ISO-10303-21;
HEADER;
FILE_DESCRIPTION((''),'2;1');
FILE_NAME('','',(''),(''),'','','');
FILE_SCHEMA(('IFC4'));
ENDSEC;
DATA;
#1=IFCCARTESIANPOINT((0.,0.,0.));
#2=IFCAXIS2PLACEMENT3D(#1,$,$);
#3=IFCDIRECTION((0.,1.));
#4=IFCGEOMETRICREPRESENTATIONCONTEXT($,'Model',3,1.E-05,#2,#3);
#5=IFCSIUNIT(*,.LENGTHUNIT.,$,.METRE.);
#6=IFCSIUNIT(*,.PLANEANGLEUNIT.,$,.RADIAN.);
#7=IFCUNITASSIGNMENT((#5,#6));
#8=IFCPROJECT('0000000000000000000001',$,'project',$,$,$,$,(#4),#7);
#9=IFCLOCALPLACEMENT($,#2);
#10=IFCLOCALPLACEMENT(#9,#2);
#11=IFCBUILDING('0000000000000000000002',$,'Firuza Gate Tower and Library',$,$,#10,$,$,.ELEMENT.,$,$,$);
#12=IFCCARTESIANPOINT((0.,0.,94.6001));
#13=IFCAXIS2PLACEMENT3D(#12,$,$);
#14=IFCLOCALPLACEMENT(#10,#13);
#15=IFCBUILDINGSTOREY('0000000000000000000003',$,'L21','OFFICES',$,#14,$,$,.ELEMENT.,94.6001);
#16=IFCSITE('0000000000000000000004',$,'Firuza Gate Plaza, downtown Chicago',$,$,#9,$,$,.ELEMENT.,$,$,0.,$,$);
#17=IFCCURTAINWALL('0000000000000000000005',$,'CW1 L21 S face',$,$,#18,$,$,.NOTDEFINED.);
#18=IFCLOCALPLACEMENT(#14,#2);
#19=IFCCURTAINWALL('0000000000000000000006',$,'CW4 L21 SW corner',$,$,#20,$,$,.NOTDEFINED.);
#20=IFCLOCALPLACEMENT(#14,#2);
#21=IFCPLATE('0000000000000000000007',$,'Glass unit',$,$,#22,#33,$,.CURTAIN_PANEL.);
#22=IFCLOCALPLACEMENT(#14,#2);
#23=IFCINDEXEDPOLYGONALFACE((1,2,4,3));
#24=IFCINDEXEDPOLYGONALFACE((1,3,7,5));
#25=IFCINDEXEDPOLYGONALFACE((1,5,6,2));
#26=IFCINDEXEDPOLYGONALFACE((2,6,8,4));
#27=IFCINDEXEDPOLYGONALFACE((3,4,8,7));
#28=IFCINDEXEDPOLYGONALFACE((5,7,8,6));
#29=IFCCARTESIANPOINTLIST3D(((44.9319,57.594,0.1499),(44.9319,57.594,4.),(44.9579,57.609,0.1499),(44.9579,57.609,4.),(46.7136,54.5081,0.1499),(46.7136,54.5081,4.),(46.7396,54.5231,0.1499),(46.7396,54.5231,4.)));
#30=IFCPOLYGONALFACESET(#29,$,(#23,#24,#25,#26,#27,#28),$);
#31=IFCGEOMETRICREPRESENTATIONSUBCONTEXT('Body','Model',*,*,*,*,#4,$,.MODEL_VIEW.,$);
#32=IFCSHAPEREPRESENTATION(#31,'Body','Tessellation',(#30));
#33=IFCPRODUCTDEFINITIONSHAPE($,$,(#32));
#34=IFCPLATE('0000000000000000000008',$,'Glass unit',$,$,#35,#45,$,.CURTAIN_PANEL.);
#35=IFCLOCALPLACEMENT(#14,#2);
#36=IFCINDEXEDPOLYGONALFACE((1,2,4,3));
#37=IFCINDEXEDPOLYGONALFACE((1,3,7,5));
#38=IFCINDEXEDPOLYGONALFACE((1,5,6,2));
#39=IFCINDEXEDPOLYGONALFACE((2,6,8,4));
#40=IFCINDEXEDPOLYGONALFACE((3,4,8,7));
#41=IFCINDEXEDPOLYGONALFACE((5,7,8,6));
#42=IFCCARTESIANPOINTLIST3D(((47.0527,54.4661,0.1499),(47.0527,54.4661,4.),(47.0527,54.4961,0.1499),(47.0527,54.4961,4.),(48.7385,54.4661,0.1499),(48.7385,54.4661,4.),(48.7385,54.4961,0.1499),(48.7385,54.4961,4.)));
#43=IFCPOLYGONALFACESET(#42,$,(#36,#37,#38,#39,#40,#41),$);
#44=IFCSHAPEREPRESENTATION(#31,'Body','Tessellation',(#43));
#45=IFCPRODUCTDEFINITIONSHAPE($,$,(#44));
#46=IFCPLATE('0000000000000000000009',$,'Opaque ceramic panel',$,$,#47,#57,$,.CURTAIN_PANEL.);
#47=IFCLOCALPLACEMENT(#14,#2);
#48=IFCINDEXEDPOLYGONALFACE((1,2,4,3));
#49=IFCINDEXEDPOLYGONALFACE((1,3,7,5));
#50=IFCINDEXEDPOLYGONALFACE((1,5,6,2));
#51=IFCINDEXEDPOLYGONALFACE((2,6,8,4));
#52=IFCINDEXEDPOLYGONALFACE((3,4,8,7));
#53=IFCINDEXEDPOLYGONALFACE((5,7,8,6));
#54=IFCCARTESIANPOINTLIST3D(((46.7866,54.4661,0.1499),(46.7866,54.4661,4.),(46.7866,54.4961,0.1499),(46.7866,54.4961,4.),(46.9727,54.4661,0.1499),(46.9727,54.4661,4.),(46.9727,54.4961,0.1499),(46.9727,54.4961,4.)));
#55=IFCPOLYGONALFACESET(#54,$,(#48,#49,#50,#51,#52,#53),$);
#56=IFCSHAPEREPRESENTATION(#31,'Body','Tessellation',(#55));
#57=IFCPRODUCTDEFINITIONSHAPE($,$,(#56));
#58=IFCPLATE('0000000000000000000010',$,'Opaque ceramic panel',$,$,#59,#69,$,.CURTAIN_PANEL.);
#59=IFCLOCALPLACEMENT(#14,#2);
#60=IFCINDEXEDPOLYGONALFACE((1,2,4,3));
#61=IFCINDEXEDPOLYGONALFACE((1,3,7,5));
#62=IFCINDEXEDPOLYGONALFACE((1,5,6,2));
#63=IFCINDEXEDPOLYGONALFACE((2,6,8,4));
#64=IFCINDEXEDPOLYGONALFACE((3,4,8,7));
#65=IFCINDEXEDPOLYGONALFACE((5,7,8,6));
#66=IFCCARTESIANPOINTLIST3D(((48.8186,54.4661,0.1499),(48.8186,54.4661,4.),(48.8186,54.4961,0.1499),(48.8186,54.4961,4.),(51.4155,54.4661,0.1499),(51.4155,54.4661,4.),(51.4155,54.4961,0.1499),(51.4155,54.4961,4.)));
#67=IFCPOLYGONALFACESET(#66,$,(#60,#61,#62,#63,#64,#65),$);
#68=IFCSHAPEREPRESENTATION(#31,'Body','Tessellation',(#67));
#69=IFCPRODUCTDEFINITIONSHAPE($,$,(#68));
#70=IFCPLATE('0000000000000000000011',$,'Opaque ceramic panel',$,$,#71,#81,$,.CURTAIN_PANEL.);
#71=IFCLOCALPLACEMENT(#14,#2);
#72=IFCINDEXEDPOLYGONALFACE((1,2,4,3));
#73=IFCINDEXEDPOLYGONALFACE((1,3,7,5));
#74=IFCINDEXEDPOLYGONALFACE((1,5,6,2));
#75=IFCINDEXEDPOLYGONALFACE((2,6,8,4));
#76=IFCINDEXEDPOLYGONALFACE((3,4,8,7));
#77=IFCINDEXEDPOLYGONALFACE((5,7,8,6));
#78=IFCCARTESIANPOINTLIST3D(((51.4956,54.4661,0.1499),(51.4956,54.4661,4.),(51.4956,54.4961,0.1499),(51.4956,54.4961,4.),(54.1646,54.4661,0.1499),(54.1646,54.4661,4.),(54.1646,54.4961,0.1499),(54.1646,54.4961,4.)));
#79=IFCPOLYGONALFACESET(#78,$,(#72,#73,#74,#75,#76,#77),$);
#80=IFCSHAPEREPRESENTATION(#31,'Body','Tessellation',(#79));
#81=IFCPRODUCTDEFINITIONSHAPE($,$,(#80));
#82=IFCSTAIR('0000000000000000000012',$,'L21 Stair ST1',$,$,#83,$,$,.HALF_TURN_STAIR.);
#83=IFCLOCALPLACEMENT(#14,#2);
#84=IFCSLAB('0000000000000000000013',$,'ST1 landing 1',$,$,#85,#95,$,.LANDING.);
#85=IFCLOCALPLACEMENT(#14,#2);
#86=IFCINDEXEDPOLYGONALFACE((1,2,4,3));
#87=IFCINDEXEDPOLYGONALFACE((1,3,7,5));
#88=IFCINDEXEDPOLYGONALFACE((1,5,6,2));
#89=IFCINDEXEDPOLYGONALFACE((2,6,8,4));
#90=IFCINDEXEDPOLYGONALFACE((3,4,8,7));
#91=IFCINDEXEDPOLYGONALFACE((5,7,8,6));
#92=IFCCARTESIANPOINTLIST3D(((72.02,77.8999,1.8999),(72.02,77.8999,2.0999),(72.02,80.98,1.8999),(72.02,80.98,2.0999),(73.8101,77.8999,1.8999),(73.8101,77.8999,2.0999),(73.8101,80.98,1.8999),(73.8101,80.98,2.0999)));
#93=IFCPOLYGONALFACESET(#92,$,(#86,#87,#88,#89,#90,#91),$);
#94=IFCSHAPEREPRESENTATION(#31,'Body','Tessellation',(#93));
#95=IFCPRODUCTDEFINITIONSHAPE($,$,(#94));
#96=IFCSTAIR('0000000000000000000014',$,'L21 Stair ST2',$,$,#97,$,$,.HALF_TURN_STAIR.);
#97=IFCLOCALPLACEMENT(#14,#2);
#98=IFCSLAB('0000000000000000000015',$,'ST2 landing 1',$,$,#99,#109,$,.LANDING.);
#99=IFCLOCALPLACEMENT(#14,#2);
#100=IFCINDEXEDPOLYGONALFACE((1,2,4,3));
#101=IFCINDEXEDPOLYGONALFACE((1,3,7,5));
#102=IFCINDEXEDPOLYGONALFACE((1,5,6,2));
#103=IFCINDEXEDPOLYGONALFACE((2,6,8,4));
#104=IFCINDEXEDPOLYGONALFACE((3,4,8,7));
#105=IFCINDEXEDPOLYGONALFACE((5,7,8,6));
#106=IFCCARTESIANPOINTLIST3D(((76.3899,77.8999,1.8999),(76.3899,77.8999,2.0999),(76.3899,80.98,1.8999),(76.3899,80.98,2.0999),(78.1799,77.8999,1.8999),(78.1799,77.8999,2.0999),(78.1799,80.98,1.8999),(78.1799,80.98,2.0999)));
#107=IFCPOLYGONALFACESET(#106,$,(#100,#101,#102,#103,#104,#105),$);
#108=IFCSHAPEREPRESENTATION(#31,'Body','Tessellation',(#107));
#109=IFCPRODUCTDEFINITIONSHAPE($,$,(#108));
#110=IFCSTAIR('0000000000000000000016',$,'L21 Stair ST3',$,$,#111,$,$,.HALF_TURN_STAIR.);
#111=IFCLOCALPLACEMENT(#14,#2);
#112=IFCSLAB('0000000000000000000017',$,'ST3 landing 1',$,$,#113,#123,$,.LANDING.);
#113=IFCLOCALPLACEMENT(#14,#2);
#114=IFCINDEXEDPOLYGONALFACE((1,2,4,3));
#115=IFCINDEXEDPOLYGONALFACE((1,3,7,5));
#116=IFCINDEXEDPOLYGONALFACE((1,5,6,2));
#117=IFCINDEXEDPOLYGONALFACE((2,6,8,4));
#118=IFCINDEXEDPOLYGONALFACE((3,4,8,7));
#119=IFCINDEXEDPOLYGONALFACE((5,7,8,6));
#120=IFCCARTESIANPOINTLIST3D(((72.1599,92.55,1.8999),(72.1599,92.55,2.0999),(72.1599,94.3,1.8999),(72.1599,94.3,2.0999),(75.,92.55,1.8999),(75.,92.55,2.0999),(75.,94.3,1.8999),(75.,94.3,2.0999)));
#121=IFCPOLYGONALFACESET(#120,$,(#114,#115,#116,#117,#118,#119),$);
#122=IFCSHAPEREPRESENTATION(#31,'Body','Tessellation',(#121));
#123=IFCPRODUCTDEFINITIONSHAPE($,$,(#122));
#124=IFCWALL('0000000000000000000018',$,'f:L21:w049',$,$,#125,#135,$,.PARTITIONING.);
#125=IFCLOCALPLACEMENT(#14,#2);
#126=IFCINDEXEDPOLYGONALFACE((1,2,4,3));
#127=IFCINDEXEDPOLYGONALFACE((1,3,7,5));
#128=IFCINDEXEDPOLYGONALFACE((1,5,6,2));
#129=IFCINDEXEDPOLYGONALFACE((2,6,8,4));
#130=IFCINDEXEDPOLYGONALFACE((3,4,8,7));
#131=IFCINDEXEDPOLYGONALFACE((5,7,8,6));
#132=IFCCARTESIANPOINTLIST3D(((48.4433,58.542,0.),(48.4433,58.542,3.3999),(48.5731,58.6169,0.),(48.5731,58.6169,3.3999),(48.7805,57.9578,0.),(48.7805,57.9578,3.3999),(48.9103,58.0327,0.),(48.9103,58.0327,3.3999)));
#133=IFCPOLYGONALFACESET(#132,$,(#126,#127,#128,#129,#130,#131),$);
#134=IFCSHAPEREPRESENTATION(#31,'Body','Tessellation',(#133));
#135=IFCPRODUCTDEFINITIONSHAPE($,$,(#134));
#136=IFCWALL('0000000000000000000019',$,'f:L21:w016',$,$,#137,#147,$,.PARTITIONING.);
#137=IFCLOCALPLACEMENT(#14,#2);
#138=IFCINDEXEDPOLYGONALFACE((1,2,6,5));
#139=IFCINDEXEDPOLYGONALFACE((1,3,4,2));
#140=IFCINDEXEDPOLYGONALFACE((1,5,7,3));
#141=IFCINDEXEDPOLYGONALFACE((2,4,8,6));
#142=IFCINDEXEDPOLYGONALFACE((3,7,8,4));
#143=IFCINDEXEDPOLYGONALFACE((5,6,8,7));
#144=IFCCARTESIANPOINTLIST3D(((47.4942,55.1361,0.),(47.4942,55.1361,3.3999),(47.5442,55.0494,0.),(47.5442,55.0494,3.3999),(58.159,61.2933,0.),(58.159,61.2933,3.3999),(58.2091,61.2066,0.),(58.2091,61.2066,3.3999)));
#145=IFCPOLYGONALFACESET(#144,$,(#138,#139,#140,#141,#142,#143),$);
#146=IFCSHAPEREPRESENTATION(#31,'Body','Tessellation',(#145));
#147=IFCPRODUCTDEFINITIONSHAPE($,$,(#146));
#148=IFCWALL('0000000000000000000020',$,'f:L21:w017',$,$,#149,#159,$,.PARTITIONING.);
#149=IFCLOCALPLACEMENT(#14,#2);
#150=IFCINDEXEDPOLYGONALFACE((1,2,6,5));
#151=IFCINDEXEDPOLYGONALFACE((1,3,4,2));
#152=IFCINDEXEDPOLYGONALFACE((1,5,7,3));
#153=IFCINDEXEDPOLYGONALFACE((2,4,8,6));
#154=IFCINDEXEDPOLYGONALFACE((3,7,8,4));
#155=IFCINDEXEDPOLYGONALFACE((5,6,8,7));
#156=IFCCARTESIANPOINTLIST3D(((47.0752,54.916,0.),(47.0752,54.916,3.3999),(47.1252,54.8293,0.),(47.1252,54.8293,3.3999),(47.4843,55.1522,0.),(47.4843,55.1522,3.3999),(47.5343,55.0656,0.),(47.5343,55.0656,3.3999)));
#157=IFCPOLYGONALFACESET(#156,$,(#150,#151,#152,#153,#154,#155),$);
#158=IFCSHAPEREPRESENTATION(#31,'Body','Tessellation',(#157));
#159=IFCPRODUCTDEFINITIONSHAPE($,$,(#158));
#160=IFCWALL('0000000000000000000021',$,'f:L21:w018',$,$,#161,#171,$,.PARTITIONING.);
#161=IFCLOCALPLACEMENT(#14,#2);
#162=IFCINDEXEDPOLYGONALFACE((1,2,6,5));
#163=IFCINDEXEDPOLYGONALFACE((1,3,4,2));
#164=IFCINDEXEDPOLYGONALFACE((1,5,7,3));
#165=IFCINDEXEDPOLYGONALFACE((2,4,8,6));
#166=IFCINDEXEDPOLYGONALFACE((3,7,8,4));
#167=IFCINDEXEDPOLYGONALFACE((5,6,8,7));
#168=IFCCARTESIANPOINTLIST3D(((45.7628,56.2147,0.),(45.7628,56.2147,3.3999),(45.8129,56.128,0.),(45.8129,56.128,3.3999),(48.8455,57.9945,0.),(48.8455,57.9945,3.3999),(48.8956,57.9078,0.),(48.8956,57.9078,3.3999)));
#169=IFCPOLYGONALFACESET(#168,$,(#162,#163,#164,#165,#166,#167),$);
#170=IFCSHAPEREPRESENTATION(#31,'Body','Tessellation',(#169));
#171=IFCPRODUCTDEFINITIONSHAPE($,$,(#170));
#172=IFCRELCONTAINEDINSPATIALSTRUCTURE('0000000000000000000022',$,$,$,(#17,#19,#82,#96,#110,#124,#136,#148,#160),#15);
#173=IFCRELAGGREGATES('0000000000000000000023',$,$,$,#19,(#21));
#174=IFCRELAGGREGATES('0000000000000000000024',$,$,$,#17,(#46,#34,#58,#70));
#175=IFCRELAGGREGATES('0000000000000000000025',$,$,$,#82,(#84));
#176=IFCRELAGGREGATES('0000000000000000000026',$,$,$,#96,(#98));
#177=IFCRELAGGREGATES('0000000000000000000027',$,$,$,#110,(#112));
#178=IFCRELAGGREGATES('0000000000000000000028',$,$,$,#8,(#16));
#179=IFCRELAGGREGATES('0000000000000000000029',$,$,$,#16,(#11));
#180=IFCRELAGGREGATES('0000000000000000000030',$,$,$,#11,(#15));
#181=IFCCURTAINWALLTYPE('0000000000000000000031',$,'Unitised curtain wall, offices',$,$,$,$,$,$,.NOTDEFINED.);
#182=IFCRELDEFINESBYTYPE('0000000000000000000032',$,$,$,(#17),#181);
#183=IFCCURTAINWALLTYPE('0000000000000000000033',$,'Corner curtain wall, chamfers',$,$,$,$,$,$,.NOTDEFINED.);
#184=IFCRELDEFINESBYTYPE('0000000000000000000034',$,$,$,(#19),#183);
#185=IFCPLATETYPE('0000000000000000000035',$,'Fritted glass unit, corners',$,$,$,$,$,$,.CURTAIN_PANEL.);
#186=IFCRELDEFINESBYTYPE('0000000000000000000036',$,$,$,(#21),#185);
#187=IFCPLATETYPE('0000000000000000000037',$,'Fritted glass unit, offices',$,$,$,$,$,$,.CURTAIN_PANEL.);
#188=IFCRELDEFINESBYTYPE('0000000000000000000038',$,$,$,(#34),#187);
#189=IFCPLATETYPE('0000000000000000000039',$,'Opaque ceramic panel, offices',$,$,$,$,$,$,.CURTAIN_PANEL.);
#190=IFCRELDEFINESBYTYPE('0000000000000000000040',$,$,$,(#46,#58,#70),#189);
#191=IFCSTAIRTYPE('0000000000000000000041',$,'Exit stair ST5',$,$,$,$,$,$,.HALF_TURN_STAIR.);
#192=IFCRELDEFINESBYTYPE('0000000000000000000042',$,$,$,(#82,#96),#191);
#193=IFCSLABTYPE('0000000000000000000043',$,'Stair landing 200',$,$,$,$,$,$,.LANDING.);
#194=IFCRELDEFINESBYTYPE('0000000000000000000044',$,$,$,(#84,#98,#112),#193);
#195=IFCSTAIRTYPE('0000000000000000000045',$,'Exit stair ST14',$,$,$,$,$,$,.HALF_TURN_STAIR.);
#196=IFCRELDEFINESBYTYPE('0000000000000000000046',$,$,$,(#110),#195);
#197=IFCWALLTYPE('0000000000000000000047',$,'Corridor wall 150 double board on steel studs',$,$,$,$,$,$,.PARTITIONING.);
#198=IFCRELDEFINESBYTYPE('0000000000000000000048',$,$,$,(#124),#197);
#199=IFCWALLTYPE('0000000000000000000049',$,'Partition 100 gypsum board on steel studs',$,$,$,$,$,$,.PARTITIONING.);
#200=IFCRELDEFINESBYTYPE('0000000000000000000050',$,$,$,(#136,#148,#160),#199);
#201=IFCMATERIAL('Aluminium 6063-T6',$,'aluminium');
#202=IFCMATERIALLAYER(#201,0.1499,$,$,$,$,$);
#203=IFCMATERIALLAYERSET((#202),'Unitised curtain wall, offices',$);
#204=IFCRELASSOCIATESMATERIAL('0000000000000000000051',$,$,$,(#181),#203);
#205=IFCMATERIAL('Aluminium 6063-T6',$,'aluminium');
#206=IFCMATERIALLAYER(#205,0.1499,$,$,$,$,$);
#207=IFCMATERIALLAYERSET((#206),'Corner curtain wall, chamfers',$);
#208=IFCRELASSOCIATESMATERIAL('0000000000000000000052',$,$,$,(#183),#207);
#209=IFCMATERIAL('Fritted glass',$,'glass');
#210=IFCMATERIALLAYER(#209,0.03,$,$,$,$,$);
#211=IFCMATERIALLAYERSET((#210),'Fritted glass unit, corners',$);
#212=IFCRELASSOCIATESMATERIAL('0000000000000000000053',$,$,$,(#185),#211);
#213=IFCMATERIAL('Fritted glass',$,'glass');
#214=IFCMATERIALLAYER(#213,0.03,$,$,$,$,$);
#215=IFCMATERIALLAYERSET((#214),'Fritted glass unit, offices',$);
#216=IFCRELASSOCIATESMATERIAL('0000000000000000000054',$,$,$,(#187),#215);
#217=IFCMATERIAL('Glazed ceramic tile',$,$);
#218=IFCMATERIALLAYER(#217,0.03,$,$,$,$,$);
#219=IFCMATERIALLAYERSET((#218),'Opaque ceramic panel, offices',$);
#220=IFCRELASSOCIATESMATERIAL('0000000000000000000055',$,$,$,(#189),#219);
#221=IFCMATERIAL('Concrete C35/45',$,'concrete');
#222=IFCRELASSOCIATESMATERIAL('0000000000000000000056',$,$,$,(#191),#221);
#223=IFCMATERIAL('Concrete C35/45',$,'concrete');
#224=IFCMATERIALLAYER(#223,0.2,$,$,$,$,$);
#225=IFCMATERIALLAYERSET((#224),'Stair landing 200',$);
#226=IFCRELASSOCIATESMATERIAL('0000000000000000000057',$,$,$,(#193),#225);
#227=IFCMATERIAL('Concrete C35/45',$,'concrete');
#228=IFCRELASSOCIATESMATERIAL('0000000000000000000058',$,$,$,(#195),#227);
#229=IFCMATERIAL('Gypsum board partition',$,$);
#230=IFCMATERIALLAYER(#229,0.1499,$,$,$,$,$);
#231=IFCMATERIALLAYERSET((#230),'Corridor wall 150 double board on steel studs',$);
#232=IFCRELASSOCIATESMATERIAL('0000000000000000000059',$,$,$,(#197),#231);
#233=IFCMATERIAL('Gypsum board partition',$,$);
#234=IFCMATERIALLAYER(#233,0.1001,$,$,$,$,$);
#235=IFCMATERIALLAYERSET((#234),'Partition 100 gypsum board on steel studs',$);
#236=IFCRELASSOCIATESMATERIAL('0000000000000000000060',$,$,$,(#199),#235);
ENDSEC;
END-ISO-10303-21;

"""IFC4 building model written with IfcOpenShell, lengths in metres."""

from ifc_helpers import new_model, si_unit, direction, frame, frame_2d, origin, place, context, subcontext, project, spatial, polyline, rectangle, outline, extrude, material, layer, layer_set, type_object, element, aggregate, save


model = new_model("IFC4")

# Units and contexts
model_context = context("Model", 3, precision=1e-05, world=origin(), true_north=direction((0.0, 1.0)))
body_context = subcontext(model_context, "Body", "Model", "MODEL_VIEW")
ifc_project = project(units=[si_unit("LENGTHUNIT", "METRE"), si_unit("PLANEANGLEUNIT", "RADIAN")], contexts=[model_context])

# Site, building, storey
site_placement = place(None, origin())
site = spatial("IfcSite", under=ifc_project, at=site_placement, Name="Firuza Gate Plaza, downtown Chicago", CompositionType="ELEMENT", RefElevation=0.0)
building_placement = place(site_placement, origin())
building = spatial("IfcBuilding", under=site, at=building_placement, Name="Firuza Gate Tower and Library", CompositionType="ELEMENT")
storey_placement = place(building_placement, frame((0.0, 0.0, 94.6001)))
storey = spatial("IfcBuildingStorey", under=building, at=storey_placement, Name="L21", Description="OFFICES", CompositionType="ELEMENT", Elevation=94.6001)

# Curtain walls
ifc_material_1 = material(Name="Aluminium 6063-T6", Category="aluminium")
ifc_layer_1 = layer(ifc_material_1, 0.1499)
ifc_layer_set_1 = layer_set([ifc_layer_1], Name="Unitised curtain wall, offices")
curtain_wall_type_1 = type_object("IfcCurtainWallType", Name="Unitised curtain wall, offices", PredefinedType="NOTDEFINED", material=ifc_layer_set_1)
placement_1 = place(storey_placement, origin())
curtain_wall_1 = element("IfcCurtainWall", 1, at=placement_1, inside=storey, type_object=curtain_wall_type_1, Name="CW1 L21 S face", PredefinedType="NOTDEFINED")
ifc_material_2 = material(Name="Aluminium 6063-T6", Category="aluminium")
ifc_layer_2 = layer(ifc_material_2, 0.1499)
ifc_layer_set_2 = layer_set([ifc_layer_2], Name="Corner curtain wall, chamfers")
curtain_wall_type_2 = type_object("IfcCurtainWallType", Name="Corner curtain wall, chamfers", PredefinedType="NOTDEFINED", material=ifc_layer_set_2)
curtain_wall_2 = element("IfcCurtainWall", 2, at=placement_1, inside=storey, type_object=curtain_wall_type_2, Name="CW4 L21 SW corner", PredefinedType="NOTDEFINED")

# Plates
ifc_material_3 = material(Name="Fritted glass", Category="glass")
ifc_layer_3 = layer(ifc_material_3, 0.03)
ifc_layer_set_3 = layer_set([ifc_layer_3], Name="Fritted glass unit, corners")
plate_type_1 = type_object("IfcPlateType", Name="Fritted glass unit, corners", PredefinedType="CURTAIN_PANEL", material=ifc_layer_set_3)
plate_1_placement = place(storey_placement, frame((44.9319, 57.594, 0.1499), z_axis=(-0.866017, -0.500015, 0.0), x_axis=(0.500015, -0.866017, 0.0)))
plate_1 = element("IfcPlate", 3, at=plate_1_placement, type_object=plate_type_1, Name="Glass unit", PredefinedType="CURTAIN_PANEL", context=body_context, shape_type="SweptSolid", body=[
    extrude(outline(polyline([(0.0, 0.0), (3.5634, 0.0), (3.5634, 3.8501), (0.0, 3.8501), (0.0, 0.0)])), origin(), (0.0, 0.0, -1.0), 0.03),
])
aggregate(curtain_wall_2, [plate_1])
ifc_material_4 = material(Name="Fritted glass", Category="glass")
ifc_layer_4 = layer(ifc_material_4, 0.03)
ifc_layer_set_4 = layer_set([ifc_layer_4], Name="Fritted glass unit, offices")
plate_type_2 = type_object("IfcPlateType", Name="Fritted glass unit, offices", PredefinedType="CURTAIN_PANEL", material=ifc_layer_set_4)
plate_2_placement = place(storey_placement, frame((47.0527, 54.4661, 0.1499), z_axis=(0.0, -1.0, 0.0), x_axis=(1.0, 0.0, 0.0)))
plate_2 = element("IfcPlate", 4, at=plate_2_placement, type_object=plate_type_2, Name="Glass unit", PredefinedType="CURTAIN_PANEL", context=body_context, shape_type="SweptSolid", body=[
    extrude(outline(polyline([(0.0, 0.0), (1.6858, 0.0), (1.6858, 3.8501), (0.0, 3.8501), (0.0, 0.0)])), origin(), (0.0, 0.0, -1.0), 0.03),
])
ifc_material_5 = material(Name="Glazed ceramic tile")
ifc_layer_5 = layer(ifc_material_5, 0.03)
ifc_layer_set_5 = layer_set([ifc_layer_5], Name="Opaque ceramic panel, offices")
plate_type_3 = type_object("IfcPlateType", Name="Opaque ceramic panel, offices", PredefinedType="CURTAIN_PANEL", material=ifc_layer_set_5)
plate_3_placement = place(storey_placement, frame((46.7866, 54.4661, 0.1499), z_axis=(0.0, -1.0, 0.0), x_axis=(1.0, 0.0, 0.0)))
plate_3 = element("IfcPlate", 5, at=plate_3_placement, type_object=plate_type_3, Name="Opaque ceramic panel", PredefinedType="CURTAIN_PANEL", context=body_context, shape_type="SweptSolid", body=[
    extrude(outline(polyline([(0.0, 0.0), (0.186, 0.0), (0.186, 3.8501), (0.0, 3.8501), (0.0, 0.0)])), origin(), (0.0, 0.0, -1.0), 0.03),
])
plate_4_placement = place(storey_placement, frame((48.8186, 54.4661, 0.1499), z_axis=(0.0, -1.0, 0.0), x_axis=(1.0, 0.0, 0.0)))
plate_4 = element("IfcPlate", 6, at=plate_4_placement, type_object=plate_type_3, Name="Opaque ceramic panel", PredefinedType="CURTAIN_PANEL", context=body_context, shape_type="SweptSolid", body=[
    extrude(outline(polyline([(0.0, 0.0), (2.5969, 0.0), (2.5969, 3.8501), (0.0, 3.8501), (0.0, 0.0)])), origin(), (0.0, 0.0, -1.0), 0.03),
])
plate_5_placement = place(storey_placement, frame((51.4956, 54.4661, 0.1499), z_axis=(0.0, -1.0, 0.0), x_axis=(1.0, 0.0, 0.0)))
plate_5 = element("IfcPlate", 7, at=plate_5_placement, type_object=plate_type_3, Name="Opaque ceramic panel", PredefinedType="CURTAIN_PANEL", context=body_context, shape_type="SweptSolid", body=[
    extrude(outline(polyline([(0.0, 0.0), (2.6689, 0.0), (2.6689, 3.8501), (0.0, 3.8501), (0.0, 0.0)])), origin(), (0.0, 0.0, -1.0), 0.03),
])
aggregate(curtain_wall_1, [plate_3, plate_2, plate_4, plate_5])

# Stairs, slabs
ifc_material_6 = material(Name="Concrete C35/45", Category="concrete")
stair_type_1 = type_object("IfcStairType", Name="Exit stair ST5", PredefinedType="HALF_TURN_STAIR", material=ifc_material_6)
stair_1 = element("IfcStair", 8, at=placement_1, inside=storey, type_object=stair_type_1, Name="L21 Stair ST1", PredefinedType="HALF_TURN_STAIR")
ifc_material_7 = material(Name="Concrete C35/45", Category="concrete")
ifc_layer_6 = layer(ifc_material_7, 0.2)
ifc_layer_set_6 = layer_set([ifc_layer_6], Name="Stair landing 200")
slab_type_1 = type_object("IfcSlabType", Name="Stair landing 200", PredefinedType="LANDING", material=ifc_layer_set_6)
placement_2 = place(storey_placement, frame((0.0, 0.0, 1.8999)))
slab_1 = element("IfcSlab", 9, at=placement_2, type_object=slab_type_1, Name="ST1 landing 1", PredefinedType="LANDING", context=body_context, shape_type="SweptSolid", body=[
    extrude(outline(polyline([(72.02, 77.8999), (73.8101, 77.8999), (73.8101, 80.98), (72.02, 80.98), (72.02, 77.8999)])), origin(), (0.0, 0.0, 1.0), 0.2),
])
aggregate(stair_1, [slab_1])
stair_2 = element("IfcStair", 10, at=placement_1, inside=storey, type_object=stair_type_1, Name="L21 Stair ST2", PredefinedType="HALF_TURN_STAIR")
slab_2 = element("IfcSlab", 11, at=placement_2, type_object=slab_type_1, Name="ST2 landing 1", PredefinedType="LANDING", context=body_context, shape_type="SweptSolid", body=[
    extrude(outline(polyline([(78.1799, 80.98), (76.3899, 80.98), (76.3899, 77.8999), (78.1799, 77.8999), (78.1799, 80.98)])), origin(), (0.0, 0.0, 1.0), 0.2),
])
aggregate(stair_2, [slab_2])
ifc_material_8 = material(Name="Concrete C35/45", Category="concrete")
stair_type_2 = type_object("IfcStairType", Name="Exit stair ST14", PredefinedType="HALF_TURN_STAIR", material=ifc_material_8)
stair_3 = element("IfcStair", 12, at=placement_1, inside=storey, type_object=stair_type_2, Name="L21 Stair ST3", PredefinedType="HALF_TURN_STAIR")
slab_3 = element("IfcSlab", 13, at=placement_2, type_object=slab_type_1, Name="ST3 landing 1", PredefinedType="LANDING", context=body_context, shape_type="SweptSolid", body=[
    extrude(outline(polyline([(75.0, 92.55), (75.0, 94.3), (72.1599, 94.3), (72.1599, 92.55), (75.0, 92.55)])), origin(), (0.0, 0.0, 1.0), 0.2),
])
aggregate(stair_3, [slab_3])

# Walls
ifc_material_9 = material(Name="Gypsum board partition")
ifc_layer_7 = layer(ifc_material_9, 0.1499)
ifc_layer_set_7 = layer_set([ifc_layer_7], Name="Corridor wall 150 double board on steel studs")
wall_type_1 = type_object("IfcWallType", Name="Corridor wall 150 double board on steel studs", PredefinedType="PARTITIONING", material=ifc_layer_set_7)
wall_1_placement = place(storey_placement, frame((48.8455, 57.9951, 0.0), z_axis=(0.0, 0.0, 1.0), x_axis=(-0.499837, 0.866119, 0.0)))
element("IfcWall", 14, at=wall_1_placement, inside=storey, type_object=wall_type_1, Name="f:L21:w049", PredefinedType="PARTITIONING", context=body_context, shape_type="SweptSolid", body=[
    extrude(rectangle(XDim=0.6746, YDim=0.1499, at=frame_2d((0.3374, 0.0))), origin(), (0.0, 0.0, 1.0), 3.3999),
])
ifc_material_10 = material(Name="Gypsum board partition")
ifc_layer_8 = layer(ifc_material_10, 0.1001)
ifc_layer_set_8 = layer_set([ifc_layer_8], Name="Partition 100 gypsum board on steel studs")
wall_type_2 = type_object("IfcWallType", Name="Partition 100 gypsum board on steel studs", PredefinedType="PARTITIONING", material=ifc_layer_set_8)
wall_2_placement = place(storey_placement, frame((47.5193, 55.0928, 0.0), z_axis=(0.0, 0.0, 1.0), x_axis=(0.866029, 0.499994, 0.0)))
element("IfcWall", 15, at=wall_2_placement, inside=storey, type_object=wall_type_2, Name="f:L21:w016", PredefinedType="PARTITIONING", context=body_context, shape_type="SweptSolid", body=[
    extrude(rectangle(XDim=12.3147, YDim=0.1001, at=frame_2d((6.1572, 0.0))), origin(), (0.0, 0.0, 1.0), 3.3999),
])
wall_3_placement = place(storey_placement, frame((47.1001, 54.8726, 0.0), z_axis=(0.0, 0.0, 1.0), x_axis=(0.865945, 0.50014, 0.0)))
element("IfcWall", 16, at=wall_3_placement, inside=storey, type_object=wall_type_2, Name="f:L21:w017", PredefinedType="PARTITIONING", context=body_context, shape_type="SweptSolid", body=[
    extrude(rectangle(XDim=0.4724, YDim=0.1001, at=frame_2d((0.2363, 0.0))), origin(), (0.0, 0.0, 1.0), 3.3999),
])
wall_4_placement = place(storey_placement, frame((45.7878, 56.1714, 0.0), z_axis=(0.0, 0.0, 1.0), x_axis=(0.866031, 0.49999, 0.0)))
element("IfcWall", 17, at=wall_4_placement, inside=storey, type_object=wall_type_2, Name="f:L21:w018", PredefinedType="PARTITIONING", context=body_context, shape_type="SweptSolid", body=[
    extrude(rectangle(XDim=3.5596, YDim=0.1001, at=frame_2d((1.7798, 0.0))), origin(), (0.0, 0.0, 1.0), 3.3999),
])

save(model, "model.ifc")
